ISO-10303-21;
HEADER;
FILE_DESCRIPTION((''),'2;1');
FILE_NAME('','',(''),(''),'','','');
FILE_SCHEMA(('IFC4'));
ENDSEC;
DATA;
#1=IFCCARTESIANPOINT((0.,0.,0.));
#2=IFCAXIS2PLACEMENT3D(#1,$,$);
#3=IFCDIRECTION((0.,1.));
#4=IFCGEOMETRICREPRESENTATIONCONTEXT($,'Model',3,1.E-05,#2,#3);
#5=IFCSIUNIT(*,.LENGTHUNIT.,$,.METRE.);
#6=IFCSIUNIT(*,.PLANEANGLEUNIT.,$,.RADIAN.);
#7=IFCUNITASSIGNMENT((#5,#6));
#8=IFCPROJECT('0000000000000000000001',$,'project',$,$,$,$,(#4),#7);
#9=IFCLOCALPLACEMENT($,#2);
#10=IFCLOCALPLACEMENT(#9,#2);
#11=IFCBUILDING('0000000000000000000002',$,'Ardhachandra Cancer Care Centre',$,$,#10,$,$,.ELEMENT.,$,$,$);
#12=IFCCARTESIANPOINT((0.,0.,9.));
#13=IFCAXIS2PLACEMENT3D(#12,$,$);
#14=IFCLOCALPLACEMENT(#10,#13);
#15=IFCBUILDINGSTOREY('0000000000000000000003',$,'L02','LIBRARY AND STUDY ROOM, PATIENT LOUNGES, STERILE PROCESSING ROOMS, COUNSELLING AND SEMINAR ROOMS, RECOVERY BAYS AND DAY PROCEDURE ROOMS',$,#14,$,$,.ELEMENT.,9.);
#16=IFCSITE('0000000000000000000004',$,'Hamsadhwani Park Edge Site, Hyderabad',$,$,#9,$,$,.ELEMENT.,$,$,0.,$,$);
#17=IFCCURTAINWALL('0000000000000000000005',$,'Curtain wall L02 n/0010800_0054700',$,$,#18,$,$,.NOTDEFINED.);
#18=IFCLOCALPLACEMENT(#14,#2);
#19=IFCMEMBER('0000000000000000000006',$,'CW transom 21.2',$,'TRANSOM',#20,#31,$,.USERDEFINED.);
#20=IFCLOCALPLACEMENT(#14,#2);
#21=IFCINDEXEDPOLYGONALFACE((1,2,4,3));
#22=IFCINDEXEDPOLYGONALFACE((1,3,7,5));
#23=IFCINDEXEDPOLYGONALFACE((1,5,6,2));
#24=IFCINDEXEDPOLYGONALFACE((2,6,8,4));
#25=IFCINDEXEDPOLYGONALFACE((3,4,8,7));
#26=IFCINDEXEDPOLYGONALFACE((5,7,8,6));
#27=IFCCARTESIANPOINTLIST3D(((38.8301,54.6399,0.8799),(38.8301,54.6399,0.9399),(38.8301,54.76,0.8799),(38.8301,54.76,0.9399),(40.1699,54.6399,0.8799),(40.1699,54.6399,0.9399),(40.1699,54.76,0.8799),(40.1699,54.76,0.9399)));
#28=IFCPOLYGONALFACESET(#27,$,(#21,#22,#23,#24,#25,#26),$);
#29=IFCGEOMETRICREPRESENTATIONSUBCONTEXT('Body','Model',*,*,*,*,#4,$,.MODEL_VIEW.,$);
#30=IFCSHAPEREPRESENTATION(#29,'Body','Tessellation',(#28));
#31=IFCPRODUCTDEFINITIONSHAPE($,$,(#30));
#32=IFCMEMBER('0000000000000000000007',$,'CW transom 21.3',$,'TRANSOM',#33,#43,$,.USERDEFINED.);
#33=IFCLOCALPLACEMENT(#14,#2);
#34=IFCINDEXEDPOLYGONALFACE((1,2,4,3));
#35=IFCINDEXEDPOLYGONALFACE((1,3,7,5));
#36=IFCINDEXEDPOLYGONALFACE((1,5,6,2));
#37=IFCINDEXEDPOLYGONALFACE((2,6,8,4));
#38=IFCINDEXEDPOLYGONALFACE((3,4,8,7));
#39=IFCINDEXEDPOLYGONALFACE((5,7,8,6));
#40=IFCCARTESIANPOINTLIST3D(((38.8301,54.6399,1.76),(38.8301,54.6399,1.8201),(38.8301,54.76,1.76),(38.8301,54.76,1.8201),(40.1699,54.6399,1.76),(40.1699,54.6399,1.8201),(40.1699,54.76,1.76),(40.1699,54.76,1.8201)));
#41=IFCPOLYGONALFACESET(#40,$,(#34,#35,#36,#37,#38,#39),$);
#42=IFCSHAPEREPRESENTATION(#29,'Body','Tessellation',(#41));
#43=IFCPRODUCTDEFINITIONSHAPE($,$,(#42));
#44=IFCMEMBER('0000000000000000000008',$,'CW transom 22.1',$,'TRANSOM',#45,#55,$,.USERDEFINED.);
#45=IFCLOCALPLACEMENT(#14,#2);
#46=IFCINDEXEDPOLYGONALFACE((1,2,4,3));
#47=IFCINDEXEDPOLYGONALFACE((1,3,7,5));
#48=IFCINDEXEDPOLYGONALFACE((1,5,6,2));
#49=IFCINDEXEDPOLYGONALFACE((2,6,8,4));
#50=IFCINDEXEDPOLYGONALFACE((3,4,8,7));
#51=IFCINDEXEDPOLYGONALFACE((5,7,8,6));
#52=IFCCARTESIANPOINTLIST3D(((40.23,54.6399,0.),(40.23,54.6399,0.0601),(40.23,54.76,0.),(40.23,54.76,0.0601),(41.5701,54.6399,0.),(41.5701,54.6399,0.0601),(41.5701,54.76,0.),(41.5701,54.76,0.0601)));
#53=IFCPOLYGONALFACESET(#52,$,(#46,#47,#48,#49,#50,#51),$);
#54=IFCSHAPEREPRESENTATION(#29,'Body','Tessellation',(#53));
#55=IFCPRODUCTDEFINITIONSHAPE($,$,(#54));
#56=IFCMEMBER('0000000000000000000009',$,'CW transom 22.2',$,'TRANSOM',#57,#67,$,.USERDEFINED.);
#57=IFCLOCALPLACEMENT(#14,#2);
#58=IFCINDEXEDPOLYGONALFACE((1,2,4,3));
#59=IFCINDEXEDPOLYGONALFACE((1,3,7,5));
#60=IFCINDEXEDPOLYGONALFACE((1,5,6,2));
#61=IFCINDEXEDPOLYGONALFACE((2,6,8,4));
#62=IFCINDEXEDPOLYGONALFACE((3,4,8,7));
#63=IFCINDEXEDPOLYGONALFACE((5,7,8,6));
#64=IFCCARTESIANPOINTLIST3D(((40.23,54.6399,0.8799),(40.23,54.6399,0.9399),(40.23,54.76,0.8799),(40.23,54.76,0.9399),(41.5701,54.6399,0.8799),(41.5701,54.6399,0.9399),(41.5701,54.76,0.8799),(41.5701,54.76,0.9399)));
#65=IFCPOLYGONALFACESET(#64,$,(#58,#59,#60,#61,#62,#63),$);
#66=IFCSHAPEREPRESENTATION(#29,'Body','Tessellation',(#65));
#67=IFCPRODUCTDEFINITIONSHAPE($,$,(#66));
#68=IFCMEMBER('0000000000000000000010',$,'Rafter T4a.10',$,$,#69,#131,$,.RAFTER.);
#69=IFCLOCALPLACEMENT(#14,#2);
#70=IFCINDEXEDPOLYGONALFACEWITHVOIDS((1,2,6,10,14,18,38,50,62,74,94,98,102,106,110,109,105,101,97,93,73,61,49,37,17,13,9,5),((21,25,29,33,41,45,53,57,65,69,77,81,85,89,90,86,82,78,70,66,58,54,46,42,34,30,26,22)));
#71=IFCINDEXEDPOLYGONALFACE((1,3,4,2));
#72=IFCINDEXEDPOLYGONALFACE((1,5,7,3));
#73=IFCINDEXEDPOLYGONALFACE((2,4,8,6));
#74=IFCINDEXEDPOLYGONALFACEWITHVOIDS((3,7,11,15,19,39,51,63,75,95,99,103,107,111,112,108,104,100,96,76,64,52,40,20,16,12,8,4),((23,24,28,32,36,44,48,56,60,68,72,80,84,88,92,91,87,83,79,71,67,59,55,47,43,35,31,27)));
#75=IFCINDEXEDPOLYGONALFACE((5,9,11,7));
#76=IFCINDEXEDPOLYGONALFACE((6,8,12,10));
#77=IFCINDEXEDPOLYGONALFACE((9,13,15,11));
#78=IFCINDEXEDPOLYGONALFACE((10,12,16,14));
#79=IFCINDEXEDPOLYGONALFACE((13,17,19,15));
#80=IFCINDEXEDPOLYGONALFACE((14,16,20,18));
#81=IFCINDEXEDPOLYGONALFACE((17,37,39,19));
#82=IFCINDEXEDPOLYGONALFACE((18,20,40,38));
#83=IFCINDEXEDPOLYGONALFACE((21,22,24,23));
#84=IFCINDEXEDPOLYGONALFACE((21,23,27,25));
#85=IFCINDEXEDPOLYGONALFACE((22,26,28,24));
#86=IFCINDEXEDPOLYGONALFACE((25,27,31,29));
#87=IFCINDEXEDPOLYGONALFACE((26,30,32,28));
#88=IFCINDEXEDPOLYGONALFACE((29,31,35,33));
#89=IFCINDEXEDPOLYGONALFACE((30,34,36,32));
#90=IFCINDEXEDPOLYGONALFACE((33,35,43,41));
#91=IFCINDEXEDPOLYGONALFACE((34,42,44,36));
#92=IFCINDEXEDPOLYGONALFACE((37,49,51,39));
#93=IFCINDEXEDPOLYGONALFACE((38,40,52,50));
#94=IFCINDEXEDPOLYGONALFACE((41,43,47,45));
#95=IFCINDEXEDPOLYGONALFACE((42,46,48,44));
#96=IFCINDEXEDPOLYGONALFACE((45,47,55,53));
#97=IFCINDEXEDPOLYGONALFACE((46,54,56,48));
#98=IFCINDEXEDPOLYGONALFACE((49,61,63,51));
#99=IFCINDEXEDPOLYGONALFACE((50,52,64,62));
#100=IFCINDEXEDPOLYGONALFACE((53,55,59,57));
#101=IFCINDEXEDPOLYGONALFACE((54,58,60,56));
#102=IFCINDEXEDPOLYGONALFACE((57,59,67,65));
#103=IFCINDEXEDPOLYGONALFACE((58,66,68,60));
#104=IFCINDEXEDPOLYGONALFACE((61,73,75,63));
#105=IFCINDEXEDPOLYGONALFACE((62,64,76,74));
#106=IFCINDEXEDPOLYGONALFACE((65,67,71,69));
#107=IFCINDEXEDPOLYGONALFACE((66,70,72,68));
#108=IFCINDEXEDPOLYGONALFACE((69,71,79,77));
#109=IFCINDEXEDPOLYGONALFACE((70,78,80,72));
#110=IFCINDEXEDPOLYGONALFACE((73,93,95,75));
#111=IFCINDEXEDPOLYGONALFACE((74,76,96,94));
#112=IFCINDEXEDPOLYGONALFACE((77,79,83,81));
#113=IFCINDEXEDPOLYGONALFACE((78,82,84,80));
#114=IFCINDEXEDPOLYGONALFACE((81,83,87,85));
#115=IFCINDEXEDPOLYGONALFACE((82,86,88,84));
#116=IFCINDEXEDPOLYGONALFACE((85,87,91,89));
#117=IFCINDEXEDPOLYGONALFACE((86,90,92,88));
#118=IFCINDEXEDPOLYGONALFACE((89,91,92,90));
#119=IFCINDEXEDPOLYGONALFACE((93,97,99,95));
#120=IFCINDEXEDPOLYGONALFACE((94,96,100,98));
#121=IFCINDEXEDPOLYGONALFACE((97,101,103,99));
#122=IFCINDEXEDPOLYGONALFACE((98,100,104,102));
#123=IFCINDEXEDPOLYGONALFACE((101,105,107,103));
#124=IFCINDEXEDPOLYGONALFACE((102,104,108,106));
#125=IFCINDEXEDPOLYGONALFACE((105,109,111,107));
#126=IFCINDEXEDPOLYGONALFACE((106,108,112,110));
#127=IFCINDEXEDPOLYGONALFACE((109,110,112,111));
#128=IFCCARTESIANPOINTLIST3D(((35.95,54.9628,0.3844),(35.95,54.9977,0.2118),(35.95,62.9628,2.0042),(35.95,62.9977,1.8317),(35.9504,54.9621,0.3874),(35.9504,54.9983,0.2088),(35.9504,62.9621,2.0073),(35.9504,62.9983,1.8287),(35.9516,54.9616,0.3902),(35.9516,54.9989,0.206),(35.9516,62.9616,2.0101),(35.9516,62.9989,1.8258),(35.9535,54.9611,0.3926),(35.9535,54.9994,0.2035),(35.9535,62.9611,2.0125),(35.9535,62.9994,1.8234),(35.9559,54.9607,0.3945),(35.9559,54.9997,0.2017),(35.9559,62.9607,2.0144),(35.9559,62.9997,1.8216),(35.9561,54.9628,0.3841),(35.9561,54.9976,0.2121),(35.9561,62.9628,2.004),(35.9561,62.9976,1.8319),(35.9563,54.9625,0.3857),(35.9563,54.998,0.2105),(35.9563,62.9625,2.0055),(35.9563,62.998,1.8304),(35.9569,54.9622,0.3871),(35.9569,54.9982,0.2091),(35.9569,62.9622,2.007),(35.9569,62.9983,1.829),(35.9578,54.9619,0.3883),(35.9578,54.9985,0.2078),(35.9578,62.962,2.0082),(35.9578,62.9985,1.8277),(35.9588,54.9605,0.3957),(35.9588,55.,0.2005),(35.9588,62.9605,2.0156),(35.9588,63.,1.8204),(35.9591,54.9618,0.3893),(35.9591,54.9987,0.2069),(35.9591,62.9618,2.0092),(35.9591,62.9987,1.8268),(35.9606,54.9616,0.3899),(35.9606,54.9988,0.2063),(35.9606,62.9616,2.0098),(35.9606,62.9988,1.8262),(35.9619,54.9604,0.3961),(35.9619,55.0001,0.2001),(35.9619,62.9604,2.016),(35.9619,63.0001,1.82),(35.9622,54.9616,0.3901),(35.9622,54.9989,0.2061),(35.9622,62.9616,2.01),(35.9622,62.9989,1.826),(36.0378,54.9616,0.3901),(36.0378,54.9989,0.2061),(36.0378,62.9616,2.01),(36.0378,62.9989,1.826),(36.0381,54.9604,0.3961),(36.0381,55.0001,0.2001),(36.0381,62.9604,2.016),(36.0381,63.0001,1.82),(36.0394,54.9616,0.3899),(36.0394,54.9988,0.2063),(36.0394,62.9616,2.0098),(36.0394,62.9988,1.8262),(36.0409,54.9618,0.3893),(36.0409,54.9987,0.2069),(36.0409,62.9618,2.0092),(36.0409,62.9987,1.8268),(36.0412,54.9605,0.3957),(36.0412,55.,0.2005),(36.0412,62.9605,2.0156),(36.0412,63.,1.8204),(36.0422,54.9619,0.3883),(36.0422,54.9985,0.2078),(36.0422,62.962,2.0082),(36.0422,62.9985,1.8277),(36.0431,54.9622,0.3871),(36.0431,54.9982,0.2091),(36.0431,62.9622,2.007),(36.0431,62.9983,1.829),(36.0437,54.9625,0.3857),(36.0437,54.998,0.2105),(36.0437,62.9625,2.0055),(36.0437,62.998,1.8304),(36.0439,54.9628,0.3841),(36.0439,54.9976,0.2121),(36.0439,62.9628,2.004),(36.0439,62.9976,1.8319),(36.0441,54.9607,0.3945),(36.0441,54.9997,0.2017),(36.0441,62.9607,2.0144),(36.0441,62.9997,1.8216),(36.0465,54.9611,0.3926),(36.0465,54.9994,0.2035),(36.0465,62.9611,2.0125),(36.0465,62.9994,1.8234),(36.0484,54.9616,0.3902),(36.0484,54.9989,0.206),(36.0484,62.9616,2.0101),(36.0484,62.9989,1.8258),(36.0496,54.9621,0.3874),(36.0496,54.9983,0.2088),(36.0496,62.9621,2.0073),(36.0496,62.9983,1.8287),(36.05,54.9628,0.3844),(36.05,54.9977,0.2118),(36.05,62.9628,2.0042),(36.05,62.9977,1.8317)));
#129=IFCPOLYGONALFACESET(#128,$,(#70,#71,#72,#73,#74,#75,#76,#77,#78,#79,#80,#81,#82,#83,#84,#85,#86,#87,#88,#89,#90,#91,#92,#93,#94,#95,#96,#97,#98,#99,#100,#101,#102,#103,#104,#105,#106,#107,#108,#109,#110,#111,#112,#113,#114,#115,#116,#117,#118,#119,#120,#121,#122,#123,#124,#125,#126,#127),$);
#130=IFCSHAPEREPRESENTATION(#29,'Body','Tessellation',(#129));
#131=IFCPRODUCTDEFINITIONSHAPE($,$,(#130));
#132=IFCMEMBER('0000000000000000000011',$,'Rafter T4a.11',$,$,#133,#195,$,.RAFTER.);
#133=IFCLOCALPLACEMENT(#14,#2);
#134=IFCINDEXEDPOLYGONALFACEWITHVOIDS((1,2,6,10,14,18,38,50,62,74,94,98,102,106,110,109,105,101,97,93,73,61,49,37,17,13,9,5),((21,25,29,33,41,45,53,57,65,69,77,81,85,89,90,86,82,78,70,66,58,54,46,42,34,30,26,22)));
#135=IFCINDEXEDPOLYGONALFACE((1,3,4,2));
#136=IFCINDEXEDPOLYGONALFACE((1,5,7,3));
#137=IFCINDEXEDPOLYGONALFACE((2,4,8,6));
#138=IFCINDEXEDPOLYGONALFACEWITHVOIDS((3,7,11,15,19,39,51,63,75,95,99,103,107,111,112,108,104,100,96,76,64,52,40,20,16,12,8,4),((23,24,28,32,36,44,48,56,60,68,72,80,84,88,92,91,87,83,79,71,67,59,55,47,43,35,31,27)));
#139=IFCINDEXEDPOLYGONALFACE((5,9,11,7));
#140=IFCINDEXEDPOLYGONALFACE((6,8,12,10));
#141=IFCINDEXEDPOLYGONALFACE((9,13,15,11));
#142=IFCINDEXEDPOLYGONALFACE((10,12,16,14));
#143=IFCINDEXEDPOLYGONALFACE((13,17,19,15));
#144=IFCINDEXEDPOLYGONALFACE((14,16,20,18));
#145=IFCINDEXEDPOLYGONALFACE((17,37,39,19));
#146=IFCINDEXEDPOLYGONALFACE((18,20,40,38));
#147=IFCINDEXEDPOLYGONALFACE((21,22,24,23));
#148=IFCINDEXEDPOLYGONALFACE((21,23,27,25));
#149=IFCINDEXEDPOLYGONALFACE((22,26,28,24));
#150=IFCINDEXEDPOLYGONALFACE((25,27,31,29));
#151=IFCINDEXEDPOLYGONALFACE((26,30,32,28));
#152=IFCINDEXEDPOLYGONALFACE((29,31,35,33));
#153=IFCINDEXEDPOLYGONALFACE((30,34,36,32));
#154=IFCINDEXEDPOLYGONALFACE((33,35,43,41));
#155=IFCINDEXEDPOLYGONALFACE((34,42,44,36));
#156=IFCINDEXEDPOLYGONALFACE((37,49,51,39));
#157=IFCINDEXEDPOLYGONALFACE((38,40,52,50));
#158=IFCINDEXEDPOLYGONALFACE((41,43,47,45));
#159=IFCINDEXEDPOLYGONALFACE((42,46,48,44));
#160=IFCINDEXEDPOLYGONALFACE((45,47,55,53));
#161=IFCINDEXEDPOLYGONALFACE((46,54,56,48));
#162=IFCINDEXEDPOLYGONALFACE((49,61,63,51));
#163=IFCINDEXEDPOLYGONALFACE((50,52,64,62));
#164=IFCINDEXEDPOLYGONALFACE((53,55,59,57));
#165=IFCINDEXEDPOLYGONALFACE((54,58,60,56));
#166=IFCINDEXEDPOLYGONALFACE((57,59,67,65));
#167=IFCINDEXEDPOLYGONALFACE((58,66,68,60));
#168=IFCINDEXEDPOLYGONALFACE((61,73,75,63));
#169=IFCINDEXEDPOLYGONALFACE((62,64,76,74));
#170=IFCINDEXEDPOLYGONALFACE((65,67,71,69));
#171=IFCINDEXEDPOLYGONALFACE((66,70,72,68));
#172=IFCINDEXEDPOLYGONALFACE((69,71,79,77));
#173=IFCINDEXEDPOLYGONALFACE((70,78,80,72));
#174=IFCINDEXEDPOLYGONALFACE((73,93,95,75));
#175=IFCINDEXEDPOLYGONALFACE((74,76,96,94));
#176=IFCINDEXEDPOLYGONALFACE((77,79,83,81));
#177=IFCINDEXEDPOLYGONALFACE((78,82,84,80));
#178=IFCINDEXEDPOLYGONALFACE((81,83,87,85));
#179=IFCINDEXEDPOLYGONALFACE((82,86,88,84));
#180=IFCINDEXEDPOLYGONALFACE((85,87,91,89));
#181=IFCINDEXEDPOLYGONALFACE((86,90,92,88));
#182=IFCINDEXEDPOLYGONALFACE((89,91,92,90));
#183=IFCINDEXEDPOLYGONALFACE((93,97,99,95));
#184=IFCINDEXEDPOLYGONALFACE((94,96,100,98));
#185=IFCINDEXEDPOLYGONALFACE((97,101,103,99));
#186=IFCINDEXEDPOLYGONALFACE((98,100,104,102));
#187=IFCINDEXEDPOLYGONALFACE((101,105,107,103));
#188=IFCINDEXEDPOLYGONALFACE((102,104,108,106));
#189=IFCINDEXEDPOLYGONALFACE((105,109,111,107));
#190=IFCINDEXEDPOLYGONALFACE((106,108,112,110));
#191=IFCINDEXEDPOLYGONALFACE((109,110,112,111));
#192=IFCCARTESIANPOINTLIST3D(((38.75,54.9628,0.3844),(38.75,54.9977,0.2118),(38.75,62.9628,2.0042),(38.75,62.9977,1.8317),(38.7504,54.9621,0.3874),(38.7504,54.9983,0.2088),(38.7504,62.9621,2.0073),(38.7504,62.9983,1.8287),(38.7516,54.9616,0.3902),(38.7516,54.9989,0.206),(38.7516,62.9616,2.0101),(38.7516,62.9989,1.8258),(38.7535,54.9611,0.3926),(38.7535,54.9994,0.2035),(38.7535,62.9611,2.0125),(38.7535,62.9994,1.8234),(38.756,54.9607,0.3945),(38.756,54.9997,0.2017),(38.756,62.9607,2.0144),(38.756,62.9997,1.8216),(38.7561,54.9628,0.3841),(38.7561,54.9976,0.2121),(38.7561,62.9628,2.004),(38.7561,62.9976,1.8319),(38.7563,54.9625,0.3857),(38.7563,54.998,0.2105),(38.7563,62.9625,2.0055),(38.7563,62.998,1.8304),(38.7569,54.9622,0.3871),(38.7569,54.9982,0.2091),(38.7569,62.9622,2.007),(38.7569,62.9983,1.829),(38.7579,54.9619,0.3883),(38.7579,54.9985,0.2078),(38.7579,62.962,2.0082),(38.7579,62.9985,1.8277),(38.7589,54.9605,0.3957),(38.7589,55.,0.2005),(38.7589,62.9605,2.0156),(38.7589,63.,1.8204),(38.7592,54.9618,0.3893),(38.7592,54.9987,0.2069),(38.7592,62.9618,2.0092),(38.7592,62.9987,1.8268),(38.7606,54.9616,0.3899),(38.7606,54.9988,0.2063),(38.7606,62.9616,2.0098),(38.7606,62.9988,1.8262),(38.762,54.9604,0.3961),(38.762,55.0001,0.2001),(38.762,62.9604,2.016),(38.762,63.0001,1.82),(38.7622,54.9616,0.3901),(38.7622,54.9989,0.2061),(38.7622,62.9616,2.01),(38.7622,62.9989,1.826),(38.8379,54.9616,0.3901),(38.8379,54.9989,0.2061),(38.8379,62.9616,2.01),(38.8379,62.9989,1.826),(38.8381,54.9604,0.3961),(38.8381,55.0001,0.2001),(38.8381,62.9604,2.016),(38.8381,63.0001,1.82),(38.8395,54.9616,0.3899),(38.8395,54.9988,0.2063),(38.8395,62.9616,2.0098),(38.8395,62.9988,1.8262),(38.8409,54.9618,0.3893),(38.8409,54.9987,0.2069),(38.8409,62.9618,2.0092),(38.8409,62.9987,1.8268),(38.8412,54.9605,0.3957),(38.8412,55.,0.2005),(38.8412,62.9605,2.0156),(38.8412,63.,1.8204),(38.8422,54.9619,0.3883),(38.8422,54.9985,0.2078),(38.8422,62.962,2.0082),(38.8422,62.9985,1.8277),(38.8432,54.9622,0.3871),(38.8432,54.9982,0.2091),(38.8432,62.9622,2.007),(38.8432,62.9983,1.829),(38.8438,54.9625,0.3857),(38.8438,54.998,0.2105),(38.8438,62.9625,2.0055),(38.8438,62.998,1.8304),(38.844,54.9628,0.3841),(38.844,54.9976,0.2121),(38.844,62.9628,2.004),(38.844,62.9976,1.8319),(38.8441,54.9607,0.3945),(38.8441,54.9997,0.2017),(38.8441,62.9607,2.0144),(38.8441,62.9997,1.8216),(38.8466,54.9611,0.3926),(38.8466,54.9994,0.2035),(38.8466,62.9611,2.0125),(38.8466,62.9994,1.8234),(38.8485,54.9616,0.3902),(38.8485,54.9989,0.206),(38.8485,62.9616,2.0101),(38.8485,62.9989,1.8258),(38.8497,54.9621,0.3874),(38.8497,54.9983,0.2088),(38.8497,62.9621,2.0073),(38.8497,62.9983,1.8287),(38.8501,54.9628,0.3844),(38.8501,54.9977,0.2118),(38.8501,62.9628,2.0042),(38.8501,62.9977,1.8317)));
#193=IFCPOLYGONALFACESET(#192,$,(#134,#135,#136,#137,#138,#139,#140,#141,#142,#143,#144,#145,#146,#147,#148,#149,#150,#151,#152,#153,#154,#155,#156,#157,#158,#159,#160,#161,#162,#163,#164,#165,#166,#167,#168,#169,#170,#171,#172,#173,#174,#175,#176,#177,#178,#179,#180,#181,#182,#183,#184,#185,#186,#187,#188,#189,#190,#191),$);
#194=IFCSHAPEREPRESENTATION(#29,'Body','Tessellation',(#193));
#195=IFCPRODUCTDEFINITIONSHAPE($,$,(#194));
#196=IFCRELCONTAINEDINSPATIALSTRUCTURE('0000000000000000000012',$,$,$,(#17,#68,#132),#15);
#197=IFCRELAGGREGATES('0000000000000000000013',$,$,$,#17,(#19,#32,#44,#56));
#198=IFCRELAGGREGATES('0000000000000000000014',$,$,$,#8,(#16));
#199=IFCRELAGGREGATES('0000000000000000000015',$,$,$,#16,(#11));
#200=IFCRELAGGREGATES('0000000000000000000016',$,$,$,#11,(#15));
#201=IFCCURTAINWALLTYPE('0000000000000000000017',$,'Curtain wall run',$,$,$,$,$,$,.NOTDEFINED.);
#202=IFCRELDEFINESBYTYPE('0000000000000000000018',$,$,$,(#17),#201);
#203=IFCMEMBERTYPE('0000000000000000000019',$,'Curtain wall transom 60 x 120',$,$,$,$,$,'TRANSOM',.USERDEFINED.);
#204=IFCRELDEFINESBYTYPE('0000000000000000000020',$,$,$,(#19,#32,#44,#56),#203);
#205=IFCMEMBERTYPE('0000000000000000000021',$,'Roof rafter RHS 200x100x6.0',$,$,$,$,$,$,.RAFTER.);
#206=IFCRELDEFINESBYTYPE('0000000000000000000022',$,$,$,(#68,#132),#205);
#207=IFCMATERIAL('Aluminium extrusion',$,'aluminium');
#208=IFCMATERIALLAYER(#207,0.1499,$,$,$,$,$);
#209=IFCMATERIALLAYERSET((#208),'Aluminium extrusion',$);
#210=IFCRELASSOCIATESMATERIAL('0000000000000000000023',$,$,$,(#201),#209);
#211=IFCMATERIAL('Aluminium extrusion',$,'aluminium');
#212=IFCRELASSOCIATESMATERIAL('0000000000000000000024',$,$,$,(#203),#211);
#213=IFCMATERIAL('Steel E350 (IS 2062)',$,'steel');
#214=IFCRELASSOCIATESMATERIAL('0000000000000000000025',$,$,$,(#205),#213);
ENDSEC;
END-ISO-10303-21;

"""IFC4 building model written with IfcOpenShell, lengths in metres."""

from ifc_helpers import new_model, si_unit, direction, frame, origin, origin_2d, place, context, subcontext, project, spatial, rectangle, hollow_rectangle, extrude, material, layer, layer_set, material_profile, profile_set, type_object, element, aggregate, save


model = new_model("IFC4")

# Units and contexts
model_context = context("Model", 3, precision=1e-05, world=origin(), true_north=direction((0.0, 1.0)))
body_context = subcontext(model_context, "Body", "Model", "MODEL_VIEW")
ifc_project = project(units=[si_unit("LENGTHUNIT", "METRE"), si_unit("PLANEANGLEUNIT", "RADIAN")], contexts=[model_context])

# Site, building, storey
site_placement = place(None, origin())
site = spatial("IfcSite", under=ifc_project, at=site_placement, Name="Hamsadhwani Park Edge Site, Hyderabad", CompositionType="ELEMENT", RefElevation=0.0)
building_placement = place(site_placement, origin())
building = spatial("IfcBuilding", under=site, at=building_placement, Name="Ardhachandra Cancer Care Centre", CompositionType="ELEMENT")
storey_placement = place(building_placement, frame((0.0, 0.0, 9.0)))
storey = spatial("IfcBuildingStorey", under=building, at=storey_placement, Name="L02", Description="LIBRARY AND STUDY ROOM, PATIENT LOUNGES, STERILE PROCESSING ROOMS, COUNSELLING AND SEMINAR ROOMS, RECOVERY BAYS AND DAY PROCEDURE ROOMS", CompositionType="ELEMENT", Elevation=9.0)

# Curtain wall, members
ifc_material_1 = material(Name="Aluminium extrusion", Category="aluminium")
ifc_layer_1 = layer(ifc_material_1, 0.1499)
ifc_layer_set_1 = layer_set([ifc_layer_1], Name="Aluminium extrusion")
curtain_wall_type = type_object("IfcCurtainWallType", Name="Curtain wall run", PredefinedType="NOTDEFINED", material=ifc_layer_set_1)
curtain_wall_placement = place(storey_placement, origin())
curtain_wall = element("IfcCurtainWall", 1, at=curtain_wall_placement, inside=storey, type_object=curtain_wall_type, Name="Curtain wall L02 n/0010800_0054700", PredefinedType="NOTDEFINED")
ifc_material_2 = material(Name="Aluminium extrusion", Category="aluminium")
ifc_material_profile_1 = material_profile(ifc_material_2, rectangle(XDim=0.1201, YDim=0.0601, at=origin_2d()), Name="Curtain wall transom 60 x 120")
ifc_profile_set_1 = profile_set([ifc_material_profile_1], Name="Aluminium extrusion")
member_type_1 = type_object("IfcMemberType", Name="Curtain wall transom 60 x 120", ElementType="TRANSOM", PredefinedType="USERDEFINED", material=ifc_profile_set_1)
member_1_placement = place(storey_placement, frame((38.8301, 54.7, 0.9099), z_axis=(1.0, 0.0, 0.0), x_axis=(0.0, 1.0, 0.0)))
member_1 = element("IfcMember", 2, at=member_1_placement, type_object=member_type_1, Name="CW transom 21.2", ObjectType="TRANSOM", PredefinedType="USERDEFINED", context=body_context, shape_type="SweptSolid", body=[
    extrude(rectangle(XDim=0.1201, YDim=0.0601, at=origin_2d()), origin(), (0.0, 0.0, 1.0), 1.3398),
])
member_2_placement = place(storey_placement, frame((38.8301, 54.7, 1.79), z_axis=(1.0, 0.0, 0.0), x_axis=(0.0, 1.0, 0.0)))
member_2 = element("IfcMember", 3, at=member_2_placement, type_object=member_type_1, Name="CW transom 21.3", ObjectType="TRANSOM", PredefinedType="USERDEFINED", context=body_context, shape_type="SweptSolid", body=[
    extrude(rectangle(XDim=0.1201, YDim=0.0601, at=origin_2d()), origin(), (0.0, 0.0, 1.0), 1.3398),
])
member_3_placement = place(storey_placement, frame((40.23, 54.7, 0.03), z_axis=(1.0, 0.0, 0.0), x_axis=(0.0, 1.0, 0.0)))
member_3 = element("IfcMember", 4, at=member_3_placement, type_object=member_type_1, Name="CW transom 22.1", ObjectType="TRANSOM", PredefinedType="USERDEFINED", context=body_context, shape_type="SweptSolid", body=[
    extrude(rectangle(XDim=0.1201, YDim=0.0601, at=origin_2d()), origin(), (0.0, 0.0, 1.0), 1.3401),
])
member_4_placement = place(storey_placement, frame((40.23, 54.7, 0.9099), z_axis=(1.0, 0.0, 0.0), x_axis=(0.0, 1.0, 0.0)))
member_4 = element("IfcMember", 5, at=member_4_placement, type_object=member_type_1, Name="CW transom 22.2", ObjectType="TRANSOM", PredefinedType="USERDEFINED", context=body_context, shape_type="SweptSolid", body=[
    extrude(rectangle(XDim=0.1201, YDim=0.0601, at=origin_2d()), origin(), (0.0, 0.0, 1.0), 1.3401),
])

# Members
ifc_material_3 = material(Name="Steel E350 (IS 2062)", Category="steel")
ifc_material_profile_2 = material_profile(ifc_material_3, hollow_rectangle(XDim=0.1001, YDim=0.2, WallThickness=0.0061, InnerFilletRadius=0.0061, OuterFilletRadius=0.012, at=origin_2d()), Name="RHS 200x100x6.0")
ifc_profile_set_2 = profile_set([ifc_material_profile_2], Name="Steel E350 (IS 2062)")
member_type_2 = type_object("IfcMemberType", Name="Roof rafter RHS 200x100x6.0", PredefinedType="RAFTER", material=ifc_profile_set_2)
for number, where, z_axis, x_axis, name in (
    (6, (36.0, 54.9802, 0.2981), (0.0, 0.98011, 0.198457), (-1.0, 0.0, 0.0), "Rafter T4a.10"),
    (7, (38.8, 54.9802, 0.2981), (0.0, 0.98011, 0.198457), (-1.0, 0.0, 0.0), "Rafter T4a.11"),
):
    element("IfcMember", number, at=place(storey_placement, frame(where, z_axis=z_axis, x_axis=x_axis)), inside=storey, type_object=member_type_2, Name=name, PredefinedType="RAFTER", context=body_context, shape_type="SweptSolid", body=[
        extrude(hollow_rectangle(XDim=0.1001, YDim=0.2, WallThickness=0.0061, InnerFilletRadius=0.0061, OuterFilletRadius=0.012, at=origin_2d()), origin(), (0.0, 0.0, 1.0), 8.1624),
    ])

aggregate(curtain_wall, [member_1, member_2, member_3, member_4])

save(model, "model.ifc")
